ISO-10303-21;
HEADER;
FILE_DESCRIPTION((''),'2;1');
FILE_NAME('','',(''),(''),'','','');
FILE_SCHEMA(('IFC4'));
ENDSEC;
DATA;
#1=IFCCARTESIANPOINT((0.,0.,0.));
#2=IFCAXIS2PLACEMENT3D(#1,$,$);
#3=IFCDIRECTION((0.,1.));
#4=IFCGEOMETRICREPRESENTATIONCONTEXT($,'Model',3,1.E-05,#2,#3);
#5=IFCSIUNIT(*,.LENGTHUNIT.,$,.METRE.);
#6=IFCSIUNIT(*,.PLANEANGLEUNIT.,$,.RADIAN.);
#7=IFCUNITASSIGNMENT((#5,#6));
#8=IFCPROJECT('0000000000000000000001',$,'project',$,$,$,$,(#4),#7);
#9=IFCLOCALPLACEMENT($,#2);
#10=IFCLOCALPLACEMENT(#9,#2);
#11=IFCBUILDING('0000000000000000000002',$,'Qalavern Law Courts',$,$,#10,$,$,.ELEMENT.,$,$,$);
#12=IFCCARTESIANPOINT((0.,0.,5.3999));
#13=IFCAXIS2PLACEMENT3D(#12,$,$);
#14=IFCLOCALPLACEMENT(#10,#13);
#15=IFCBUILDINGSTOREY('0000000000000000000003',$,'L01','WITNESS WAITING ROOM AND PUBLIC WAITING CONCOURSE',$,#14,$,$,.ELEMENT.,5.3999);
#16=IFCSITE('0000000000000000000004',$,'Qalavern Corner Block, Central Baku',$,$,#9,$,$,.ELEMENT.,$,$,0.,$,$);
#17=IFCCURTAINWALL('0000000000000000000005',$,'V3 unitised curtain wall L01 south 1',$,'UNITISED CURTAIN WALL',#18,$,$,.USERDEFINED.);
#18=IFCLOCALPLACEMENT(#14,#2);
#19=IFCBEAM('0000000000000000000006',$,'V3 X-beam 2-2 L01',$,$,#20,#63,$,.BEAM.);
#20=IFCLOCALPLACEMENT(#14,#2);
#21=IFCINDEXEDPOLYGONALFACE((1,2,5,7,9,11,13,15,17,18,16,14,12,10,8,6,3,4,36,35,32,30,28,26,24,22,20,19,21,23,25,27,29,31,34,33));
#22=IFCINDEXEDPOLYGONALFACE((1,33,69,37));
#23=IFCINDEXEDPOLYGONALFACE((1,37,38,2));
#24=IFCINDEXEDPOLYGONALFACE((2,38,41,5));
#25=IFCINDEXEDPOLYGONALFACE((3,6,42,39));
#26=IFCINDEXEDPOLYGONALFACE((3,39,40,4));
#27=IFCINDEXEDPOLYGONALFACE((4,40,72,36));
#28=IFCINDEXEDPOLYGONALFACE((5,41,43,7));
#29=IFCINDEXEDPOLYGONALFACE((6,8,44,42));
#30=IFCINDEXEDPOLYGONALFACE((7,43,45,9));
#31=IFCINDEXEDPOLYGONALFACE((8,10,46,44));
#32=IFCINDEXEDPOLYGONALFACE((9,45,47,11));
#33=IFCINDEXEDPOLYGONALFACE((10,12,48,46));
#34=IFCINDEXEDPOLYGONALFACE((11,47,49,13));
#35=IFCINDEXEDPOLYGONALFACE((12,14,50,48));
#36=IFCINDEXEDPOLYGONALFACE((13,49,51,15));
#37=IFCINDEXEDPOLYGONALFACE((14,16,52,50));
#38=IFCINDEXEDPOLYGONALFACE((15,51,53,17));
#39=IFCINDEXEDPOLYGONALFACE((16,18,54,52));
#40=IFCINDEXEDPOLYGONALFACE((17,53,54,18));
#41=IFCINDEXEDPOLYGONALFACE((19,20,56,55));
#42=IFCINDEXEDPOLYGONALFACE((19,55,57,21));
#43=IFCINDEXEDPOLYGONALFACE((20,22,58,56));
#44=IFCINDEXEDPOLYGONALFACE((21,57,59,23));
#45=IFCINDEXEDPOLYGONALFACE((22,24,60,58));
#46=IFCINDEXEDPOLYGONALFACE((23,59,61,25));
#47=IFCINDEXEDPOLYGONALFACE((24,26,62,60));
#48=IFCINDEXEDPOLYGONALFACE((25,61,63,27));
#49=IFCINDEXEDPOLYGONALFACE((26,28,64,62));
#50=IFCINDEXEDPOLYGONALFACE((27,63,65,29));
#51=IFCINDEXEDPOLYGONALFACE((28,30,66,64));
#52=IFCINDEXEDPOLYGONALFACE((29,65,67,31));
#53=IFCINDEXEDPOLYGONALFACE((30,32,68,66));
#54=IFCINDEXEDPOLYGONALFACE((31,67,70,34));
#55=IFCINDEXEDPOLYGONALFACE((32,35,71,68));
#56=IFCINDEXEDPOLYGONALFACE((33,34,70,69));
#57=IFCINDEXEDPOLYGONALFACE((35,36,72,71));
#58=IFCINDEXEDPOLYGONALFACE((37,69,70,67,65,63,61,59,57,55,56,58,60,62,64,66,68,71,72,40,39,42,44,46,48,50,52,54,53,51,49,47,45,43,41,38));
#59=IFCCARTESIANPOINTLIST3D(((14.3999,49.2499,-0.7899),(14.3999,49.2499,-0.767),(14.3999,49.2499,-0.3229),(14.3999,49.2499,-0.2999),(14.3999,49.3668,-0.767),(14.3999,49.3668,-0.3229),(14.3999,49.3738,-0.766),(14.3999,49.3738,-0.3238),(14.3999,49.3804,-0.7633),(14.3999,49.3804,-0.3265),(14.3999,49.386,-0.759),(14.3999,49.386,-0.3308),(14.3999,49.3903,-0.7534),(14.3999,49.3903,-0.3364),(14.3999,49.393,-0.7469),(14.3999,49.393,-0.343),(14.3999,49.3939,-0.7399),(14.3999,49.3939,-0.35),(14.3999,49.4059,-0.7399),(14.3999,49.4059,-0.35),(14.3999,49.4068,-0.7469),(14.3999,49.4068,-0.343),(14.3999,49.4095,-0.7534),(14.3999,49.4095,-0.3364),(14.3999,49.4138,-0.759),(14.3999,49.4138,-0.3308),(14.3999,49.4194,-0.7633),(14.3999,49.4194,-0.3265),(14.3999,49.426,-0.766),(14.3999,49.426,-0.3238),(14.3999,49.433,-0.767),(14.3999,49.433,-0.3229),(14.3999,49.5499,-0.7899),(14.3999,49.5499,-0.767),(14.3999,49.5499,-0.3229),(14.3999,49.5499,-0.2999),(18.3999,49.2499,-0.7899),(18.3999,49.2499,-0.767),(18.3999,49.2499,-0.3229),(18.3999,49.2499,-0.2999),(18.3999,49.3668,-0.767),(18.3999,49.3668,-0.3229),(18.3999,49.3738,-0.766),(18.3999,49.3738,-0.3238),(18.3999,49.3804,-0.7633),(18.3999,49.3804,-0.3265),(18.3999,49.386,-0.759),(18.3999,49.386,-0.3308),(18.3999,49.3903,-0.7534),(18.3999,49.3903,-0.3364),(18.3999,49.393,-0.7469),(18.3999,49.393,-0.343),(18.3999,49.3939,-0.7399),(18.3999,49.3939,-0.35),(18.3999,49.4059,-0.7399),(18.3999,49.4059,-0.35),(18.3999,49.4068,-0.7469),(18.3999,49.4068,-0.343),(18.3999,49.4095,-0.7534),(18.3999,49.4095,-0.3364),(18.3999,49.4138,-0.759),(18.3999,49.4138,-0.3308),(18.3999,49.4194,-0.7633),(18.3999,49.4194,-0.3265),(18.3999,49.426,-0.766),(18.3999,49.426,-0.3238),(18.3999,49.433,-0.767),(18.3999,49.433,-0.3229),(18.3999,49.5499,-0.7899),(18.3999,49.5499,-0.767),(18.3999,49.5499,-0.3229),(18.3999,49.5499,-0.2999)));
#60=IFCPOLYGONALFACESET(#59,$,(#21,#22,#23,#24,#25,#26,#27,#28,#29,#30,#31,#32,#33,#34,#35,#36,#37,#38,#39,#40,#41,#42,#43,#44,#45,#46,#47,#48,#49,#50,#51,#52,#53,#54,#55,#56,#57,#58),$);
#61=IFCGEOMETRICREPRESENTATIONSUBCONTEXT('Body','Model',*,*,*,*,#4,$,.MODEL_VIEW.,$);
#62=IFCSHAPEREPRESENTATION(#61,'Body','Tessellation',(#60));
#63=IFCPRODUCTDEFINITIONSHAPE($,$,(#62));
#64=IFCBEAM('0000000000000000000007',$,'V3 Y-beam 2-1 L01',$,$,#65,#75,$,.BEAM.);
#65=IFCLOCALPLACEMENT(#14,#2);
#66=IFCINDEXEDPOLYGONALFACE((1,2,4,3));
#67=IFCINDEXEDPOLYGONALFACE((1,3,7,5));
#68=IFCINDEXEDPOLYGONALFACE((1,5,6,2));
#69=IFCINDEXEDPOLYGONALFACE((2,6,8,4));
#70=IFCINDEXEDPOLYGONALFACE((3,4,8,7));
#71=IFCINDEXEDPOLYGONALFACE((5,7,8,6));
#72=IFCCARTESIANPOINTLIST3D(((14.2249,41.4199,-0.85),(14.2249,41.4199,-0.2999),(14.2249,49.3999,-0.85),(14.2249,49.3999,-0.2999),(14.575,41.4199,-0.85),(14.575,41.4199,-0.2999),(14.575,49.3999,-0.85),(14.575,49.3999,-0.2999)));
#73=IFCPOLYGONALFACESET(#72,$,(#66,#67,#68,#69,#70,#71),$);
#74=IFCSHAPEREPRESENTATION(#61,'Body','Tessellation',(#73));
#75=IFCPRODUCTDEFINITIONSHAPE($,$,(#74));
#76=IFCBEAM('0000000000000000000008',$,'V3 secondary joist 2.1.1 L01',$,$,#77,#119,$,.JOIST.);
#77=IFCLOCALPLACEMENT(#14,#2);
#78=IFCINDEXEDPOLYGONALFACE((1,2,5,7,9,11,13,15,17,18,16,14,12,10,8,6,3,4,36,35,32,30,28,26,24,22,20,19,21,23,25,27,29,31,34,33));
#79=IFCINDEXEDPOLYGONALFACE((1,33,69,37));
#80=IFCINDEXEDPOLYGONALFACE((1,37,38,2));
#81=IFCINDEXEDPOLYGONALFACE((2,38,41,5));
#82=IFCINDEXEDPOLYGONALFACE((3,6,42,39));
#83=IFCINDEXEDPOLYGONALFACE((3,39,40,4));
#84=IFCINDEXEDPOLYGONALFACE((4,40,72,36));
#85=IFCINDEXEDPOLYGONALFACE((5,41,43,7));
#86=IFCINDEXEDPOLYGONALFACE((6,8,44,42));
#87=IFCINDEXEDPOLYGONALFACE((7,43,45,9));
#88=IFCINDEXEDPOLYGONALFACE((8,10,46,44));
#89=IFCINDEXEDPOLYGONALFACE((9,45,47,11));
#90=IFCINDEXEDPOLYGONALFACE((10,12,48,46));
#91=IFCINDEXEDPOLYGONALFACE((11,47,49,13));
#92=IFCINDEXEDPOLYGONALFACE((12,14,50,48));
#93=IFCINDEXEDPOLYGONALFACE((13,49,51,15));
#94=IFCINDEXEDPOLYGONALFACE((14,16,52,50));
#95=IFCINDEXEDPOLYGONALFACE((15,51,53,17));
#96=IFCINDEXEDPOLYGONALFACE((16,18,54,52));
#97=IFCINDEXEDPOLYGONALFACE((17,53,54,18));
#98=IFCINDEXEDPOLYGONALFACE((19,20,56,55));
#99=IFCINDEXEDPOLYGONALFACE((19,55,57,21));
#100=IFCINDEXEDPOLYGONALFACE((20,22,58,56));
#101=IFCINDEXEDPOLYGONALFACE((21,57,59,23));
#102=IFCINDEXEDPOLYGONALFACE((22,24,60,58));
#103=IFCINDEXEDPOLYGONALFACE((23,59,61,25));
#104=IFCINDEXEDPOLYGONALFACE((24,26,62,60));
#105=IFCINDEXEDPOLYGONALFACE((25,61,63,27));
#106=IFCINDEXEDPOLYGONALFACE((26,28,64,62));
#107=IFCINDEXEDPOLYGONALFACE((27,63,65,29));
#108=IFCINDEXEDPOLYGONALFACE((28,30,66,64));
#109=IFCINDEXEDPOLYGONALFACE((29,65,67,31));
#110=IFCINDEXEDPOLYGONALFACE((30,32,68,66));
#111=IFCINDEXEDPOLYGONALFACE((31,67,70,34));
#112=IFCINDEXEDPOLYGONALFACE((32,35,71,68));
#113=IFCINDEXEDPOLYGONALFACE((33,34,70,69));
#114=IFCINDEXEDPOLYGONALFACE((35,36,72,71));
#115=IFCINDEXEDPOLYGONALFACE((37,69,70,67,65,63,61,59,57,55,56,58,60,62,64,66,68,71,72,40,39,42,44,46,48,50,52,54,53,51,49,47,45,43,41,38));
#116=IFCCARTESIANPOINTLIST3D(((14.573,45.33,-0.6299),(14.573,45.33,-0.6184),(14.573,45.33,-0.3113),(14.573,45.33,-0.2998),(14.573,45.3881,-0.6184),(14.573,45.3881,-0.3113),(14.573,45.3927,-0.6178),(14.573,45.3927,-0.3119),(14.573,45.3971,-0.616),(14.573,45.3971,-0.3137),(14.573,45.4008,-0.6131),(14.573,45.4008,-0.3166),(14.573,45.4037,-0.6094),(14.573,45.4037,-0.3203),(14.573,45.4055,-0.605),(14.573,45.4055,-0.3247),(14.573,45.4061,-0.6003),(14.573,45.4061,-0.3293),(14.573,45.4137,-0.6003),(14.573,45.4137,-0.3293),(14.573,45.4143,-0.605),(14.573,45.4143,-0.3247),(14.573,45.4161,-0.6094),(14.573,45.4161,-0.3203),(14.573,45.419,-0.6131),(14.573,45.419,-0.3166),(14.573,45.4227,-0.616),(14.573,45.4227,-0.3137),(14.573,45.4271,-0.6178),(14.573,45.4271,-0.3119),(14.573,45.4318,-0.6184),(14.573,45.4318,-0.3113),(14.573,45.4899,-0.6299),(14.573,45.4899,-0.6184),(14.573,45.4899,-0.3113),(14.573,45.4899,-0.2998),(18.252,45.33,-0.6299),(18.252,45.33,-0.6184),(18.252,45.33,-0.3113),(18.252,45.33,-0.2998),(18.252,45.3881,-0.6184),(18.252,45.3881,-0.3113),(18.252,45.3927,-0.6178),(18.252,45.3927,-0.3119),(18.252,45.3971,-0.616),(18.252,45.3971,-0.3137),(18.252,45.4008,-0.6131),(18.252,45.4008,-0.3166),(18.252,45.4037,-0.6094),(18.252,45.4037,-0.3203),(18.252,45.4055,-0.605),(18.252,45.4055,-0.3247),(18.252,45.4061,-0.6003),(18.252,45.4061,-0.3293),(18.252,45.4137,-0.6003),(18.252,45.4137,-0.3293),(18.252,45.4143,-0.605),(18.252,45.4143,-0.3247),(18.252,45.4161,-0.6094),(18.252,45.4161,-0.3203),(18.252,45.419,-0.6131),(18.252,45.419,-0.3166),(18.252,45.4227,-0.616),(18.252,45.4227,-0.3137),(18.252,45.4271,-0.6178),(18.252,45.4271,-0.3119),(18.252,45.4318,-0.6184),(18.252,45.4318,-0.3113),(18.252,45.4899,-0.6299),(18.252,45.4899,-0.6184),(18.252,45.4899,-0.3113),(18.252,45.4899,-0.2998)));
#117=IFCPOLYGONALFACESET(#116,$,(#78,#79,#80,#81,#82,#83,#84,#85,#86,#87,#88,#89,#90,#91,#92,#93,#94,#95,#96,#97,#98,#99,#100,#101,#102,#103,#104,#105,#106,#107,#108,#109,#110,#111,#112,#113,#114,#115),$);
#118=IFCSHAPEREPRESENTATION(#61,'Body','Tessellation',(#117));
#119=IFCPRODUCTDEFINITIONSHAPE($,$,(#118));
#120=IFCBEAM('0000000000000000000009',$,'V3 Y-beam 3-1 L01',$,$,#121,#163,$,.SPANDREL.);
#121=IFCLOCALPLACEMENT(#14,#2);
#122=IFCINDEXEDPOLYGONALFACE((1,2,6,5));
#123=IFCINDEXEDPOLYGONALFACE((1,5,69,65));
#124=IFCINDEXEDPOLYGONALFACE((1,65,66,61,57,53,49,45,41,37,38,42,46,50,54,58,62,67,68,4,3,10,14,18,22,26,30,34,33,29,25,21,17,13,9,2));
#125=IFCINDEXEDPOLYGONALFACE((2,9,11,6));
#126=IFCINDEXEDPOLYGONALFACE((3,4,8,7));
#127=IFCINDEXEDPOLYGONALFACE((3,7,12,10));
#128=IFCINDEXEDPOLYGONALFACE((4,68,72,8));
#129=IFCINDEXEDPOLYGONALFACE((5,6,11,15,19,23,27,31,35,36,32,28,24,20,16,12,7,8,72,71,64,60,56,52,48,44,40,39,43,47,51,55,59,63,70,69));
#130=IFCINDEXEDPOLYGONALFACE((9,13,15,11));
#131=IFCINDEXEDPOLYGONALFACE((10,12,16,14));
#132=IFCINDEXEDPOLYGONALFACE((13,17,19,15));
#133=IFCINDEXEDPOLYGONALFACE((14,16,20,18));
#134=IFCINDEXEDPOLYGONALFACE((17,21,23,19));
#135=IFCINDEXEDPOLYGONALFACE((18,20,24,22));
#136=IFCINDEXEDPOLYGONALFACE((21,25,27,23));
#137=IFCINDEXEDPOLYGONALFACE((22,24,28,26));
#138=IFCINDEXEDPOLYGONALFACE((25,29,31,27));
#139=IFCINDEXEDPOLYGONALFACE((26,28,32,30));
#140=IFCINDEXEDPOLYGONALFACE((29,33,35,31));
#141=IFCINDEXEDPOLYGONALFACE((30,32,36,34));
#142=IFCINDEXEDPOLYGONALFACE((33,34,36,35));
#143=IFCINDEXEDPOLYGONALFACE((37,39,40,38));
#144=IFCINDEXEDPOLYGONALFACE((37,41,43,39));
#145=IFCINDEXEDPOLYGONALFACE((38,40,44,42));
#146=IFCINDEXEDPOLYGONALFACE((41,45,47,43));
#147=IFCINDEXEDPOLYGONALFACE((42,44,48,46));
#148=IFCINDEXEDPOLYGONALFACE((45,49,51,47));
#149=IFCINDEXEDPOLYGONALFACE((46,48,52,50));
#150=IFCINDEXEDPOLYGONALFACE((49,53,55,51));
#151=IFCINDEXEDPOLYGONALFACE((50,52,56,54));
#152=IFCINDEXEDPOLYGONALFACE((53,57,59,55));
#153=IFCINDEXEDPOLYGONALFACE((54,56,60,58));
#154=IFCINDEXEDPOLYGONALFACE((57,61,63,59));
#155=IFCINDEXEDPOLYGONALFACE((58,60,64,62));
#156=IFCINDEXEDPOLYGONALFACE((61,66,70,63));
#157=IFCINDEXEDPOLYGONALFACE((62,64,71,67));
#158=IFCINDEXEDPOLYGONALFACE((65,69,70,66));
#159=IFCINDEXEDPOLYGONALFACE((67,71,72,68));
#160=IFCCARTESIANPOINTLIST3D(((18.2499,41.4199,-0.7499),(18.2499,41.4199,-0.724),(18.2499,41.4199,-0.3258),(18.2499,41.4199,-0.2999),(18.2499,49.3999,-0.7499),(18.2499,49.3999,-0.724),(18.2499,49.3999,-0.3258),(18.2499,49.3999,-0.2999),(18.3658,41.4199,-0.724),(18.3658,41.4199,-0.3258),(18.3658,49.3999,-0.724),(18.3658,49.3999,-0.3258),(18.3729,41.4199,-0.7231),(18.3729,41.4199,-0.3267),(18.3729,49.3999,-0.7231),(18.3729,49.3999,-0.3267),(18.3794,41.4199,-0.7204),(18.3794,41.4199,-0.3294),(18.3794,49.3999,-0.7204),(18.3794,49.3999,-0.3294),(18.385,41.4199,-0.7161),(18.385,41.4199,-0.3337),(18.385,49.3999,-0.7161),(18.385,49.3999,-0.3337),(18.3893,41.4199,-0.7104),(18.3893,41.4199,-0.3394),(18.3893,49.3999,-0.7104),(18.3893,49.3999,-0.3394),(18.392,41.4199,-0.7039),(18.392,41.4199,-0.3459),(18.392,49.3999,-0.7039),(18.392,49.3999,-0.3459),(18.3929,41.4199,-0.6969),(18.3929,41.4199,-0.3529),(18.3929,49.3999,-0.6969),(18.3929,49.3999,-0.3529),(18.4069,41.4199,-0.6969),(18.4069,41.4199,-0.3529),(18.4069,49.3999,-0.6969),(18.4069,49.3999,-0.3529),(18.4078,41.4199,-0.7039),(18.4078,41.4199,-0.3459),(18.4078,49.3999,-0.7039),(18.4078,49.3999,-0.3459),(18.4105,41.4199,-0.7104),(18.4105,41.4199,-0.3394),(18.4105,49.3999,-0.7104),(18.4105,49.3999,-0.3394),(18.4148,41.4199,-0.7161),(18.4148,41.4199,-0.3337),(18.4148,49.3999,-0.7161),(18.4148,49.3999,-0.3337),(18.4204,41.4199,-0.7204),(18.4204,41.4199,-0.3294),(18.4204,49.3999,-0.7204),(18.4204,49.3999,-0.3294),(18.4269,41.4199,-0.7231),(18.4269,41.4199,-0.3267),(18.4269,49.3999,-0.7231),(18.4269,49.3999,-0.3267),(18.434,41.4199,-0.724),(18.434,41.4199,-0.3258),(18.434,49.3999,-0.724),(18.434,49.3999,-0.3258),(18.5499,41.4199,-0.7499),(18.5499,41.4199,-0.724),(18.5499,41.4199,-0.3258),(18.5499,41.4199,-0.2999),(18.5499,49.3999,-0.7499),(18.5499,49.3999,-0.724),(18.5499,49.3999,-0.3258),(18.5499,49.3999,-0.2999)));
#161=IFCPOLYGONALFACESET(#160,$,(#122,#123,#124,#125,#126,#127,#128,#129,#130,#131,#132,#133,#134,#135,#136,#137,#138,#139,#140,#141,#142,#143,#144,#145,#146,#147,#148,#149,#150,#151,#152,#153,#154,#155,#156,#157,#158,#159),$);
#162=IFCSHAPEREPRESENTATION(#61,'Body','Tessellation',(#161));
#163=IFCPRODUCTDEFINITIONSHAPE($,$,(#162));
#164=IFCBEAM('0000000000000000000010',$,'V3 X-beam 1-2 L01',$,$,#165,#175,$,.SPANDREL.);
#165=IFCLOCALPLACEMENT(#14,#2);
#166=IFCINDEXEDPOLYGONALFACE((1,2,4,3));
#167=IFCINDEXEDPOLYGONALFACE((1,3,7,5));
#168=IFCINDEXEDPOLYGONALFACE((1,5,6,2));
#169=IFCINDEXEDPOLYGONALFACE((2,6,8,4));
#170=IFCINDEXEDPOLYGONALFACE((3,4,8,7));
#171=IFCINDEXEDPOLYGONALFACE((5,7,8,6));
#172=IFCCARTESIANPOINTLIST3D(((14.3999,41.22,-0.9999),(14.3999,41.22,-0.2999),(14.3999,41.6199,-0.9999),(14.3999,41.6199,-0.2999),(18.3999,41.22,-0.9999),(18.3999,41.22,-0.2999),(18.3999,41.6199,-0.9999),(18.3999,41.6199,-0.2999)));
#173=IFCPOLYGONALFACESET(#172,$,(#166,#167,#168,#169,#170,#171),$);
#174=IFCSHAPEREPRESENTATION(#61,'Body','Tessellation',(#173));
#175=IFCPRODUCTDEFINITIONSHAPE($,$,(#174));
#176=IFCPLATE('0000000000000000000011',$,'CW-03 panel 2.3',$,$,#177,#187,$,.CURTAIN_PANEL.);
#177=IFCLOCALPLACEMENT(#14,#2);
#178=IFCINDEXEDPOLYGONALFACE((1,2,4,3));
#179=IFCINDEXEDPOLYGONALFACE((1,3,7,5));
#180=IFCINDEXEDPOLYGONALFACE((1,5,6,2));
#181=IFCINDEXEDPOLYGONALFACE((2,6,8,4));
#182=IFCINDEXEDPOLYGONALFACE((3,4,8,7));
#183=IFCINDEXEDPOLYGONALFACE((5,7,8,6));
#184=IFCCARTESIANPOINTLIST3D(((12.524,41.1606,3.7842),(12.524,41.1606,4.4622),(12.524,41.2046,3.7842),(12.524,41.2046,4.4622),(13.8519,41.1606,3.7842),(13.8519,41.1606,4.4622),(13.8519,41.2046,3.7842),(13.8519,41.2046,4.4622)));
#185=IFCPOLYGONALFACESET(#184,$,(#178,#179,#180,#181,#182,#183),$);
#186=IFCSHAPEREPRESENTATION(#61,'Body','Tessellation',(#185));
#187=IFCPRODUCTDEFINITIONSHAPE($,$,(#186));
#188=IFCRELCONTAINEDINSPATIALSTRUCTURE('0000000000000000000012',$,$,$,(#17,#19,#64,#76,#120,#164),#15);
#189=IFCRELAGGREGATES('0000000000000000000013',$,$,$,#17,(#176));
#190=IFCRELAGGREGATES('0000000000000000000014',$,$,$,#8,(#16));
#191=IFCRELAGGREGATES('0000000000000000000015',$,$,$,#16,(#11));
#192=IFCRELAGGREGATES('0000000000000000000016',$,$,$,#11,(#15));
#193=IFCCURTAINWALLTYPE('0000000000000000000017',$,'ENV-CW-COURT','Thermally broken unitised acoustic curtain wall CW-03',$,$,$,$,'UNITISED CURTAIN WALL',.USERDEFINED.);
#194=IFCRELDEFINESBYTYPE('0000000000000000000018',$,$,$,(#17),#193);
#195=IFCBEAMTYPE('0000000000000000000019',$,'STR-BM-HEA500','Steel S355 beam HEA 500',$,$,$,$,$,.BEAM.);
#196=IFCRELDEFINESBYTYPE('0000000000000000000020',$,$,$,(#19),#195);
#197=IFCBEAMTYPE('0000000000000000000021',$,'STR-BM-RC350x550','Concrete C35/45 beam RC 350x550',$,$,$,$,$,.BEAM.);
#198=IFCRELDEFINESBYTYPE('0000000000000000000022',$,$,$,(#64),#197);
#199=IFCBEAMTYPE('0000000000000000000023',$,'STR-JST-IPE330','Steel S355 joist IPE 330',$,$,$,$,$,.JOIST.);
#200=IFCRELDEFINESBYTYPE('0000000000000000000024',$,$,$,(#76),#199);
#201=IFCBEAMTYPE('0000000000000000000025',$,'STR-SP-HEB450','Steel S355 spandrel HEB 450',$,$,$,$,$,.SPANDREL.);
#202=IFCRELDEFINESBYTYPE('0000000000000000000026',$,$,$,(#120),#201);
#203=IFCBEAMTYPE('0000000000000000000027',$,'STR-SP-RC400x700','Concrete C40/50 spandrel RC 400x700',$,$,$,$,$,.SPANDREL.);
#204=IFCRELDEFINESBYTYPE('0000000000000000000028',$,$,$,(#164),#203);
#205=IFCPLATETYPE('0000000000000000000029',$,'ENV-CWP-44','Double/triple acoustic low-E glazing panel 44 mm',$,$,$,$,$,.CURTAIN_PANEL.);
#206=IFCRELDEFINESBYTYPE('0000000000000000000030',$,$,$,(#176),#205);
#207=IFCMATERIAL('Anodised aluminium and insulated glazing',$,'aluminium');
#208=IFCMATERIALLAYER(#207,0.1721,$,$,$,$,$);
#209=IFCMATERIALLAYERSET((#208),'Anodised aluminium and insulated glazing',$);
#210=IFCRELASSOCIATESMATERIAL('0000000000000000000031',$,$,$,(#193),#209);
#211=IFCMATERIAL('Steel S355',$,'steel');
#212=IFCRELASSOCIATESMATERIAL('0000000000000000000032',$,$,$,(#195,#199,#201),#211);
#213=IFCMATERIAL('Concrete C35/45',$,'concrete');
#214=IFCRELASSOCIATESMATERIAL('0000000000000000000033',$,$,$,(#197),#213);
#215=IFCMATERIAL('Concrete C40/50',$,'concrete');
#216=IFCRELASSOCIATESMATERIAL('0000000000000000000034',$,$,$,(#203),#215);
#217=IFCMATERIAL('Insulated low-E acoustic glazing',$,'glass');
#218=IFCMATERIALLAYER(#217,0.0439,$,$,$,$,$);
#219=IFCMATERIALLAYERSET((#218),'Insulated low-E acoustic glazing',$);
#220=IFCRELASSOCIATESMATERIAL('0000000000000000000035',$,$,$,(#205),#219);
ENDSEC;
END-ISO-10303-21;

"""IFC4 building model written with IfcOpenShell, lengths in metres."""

from ifc_helpers import new_model, si_unit, direction, frame, origin, origin_2d, place, context, subcontext, project, spatial, rectangle, i_section, extrude, material, layer, layer_set, material_profile, profile_set, type_object, element, aggregate, save


model = new_model("IFC4")

# Units and contexts
model_context = context("Model", 3, precision=1e-05, world=origin(), true_north=direction((0.0, 1.0)))
body_context = subcontext(model_context, "Body", "Model", "MODEL_VIEW")
ifc_project = project(units=[si_unit("LENGTHUNIT", "METRE"), si_unit("PLANEANGLEUNIT", "RADIAN")], contexts=[model_context])

# Site, building, storey
site_placement = place(None, origin())
site = spatial("IfcSite", under=ifc_project, at=site_placement, Name="Qalavern Corner Block, Central Baku", CompositionType="ELEMENT", RefElevation=0.0)
building_placement = place(site_placement, origin())
building = spatial("IfcBuilding", under=site, at=building_placement, Name="Qalavern Law Courts", CompositionType="ELEMENT")
storey_placement = place(building_placement, frame((0.0, 0.0, 5.3999)))
storey = spatial("IfcBuildingStorey", under=building, at=storey_placement, Name="L01", Description="WITNESS WAITING ROOM AND PUBLIC WAITING CONCOURSE", CompositionType="ELEMENT", Elevation=5.3999)

# Curtain wall
ifc_material_1 = material(Name="Anodised aluminium and insulated glazing", Category="aluminium")
ifc_layer_1 = layer(ifc_material_1, 0.1721)
ifc_layer_set_1 = layer_set([ifc_layer_1], Name="Anodised aluminium and insulated glazing")
curtain_wall_type_1 = type_object("IfcCurtainWallType", Name="ENV-CW-COURT", Description="Thermally broken unitised acoustic curtain wall CW-03", ElementType="UNITISED CURTAIN WALL", PredefinedType="USERDEFINED", material=ifc_layer_set_1)
curtain_wall_1_placement = place(storey_placement, origin())
curtain_wall_1 = element("IfcCurtainWall", 1, at=curtain_wall_1_placement, inside=storey, type_object=curtain_wall_type_1, Name="V3 unitised curtain wall L01 south 1", ObjectType="UNITISED CURTAIN WALL", PredefinedType="USERDEFINED")

# Beams
ifc_material_2 = material(Name="Steel S355", Category="steel")
ifc_material_profile_1 = material_profile(ifc_material_2, i_section(OverallWidth=0.3, OverallDepth=0.49, WebThickness=0.012, FlangeThickness=0.0229, FilletRadius=0.0271, at=origin_2d()), Name="HEA 500")
ifc_profile_set_1 = profile_set([ifc_material_profile_1], Name="Steel S355")
beam_type_1 = type_object("IfcBeamType", Name="STR-BM-HEA500", Description="Steel S355 beam HEA 500", PredefinedType="BEAM", material=ifc_profile_set_1)
beam_1_placement = place(storey_placement, frame((14.3999, 49.3999, -0.5449), z_axis=(1.0, 0.0, 0.0), x_axis=(0.0, 1.0, 0.0)))
element("IfcBeam", 2, at=beam_1_placement, inside=storey, type_object=beam_type_1, Name="V3 X-beam 2-2 L01", PredefinedType="BEAM", context=body_context, shape_type="SweptSolid", body=[
    extrude(i_section(OverallWidth=0.3, OverallDepth=0.49, WebThickness=0.012, FlangeThickness=0.0229, FilletRadius=0.0271, at=origin_2d()), origin(), (0.0, 0.0, 1.0), 4.0),
])
ifc_material_3 = material(Name="Concrete C35/45", Category="concrete")
ifc_material_profile_2 = material_profile(ifc_material_3, rectangle(XDim=0.3501, YDim=0.55, at=origin_2d()), Name="RC 350x550")
ifc_profile_set_2 = profile_set([ifc_material_profile_2], Name="Concrete C35/45")
beam_type_2 = type_object("IfcBeamType", Name="STR-BM-RC350x550", Description="Concrete C35/45 beam RC 350x550", PredefinedType="BEAM", material=ifc_profile_set_2)
beam_2_placement = place(storey_placement, frame((14.3999, 41.4199, -0.575), z_axis=(0.0, 1.0, 0.0), x_axis=(-1.0, 0.0, 0.0)))
element("IfcBeam", 3, at=beam_2_placement, inside=storey, type_object=beam_type_2, Name="V3 Y-beam 2-1 L01", PredefinedType="BEAM", context=body_context, shape_type="SweptSolid", body=[
    extrude(rectangle(XDim=0.3501, YDim=0.55, at=origin_2d()), origin(), (0.0, 0.0, 1.0), 7.98),
])
ifc_material_profile_3 = material_profile(ifc_material_2, i_section(OverallWidth=0.1599, OverallDepth=0.3301, WebThickness=0.0076, FlangeThickness=0.0115, FilletRadius=0.0181, at=origin_2d()), Name="IPE 330")
ifc_profile_set_3 = profile_set([ifc_material_profile_3], Name="Steel S355")
beam_type_3 = type_object("IfcBeamType", Name="STR-JST-IPE330", Description="Steel S355 joist IPE 330", PredefinedType="JOIST", material=ifc_profile_set_3)
beam_3_placement = place(storey_placement, frame((14.573, 45.4099, -0.4648), z_axis=(1.0, 0.0, 0.0), x_axis=(0.0, 1.0, 0.0)))
element("IfcBeam", 4, at=beam_3_placement, inside=storey, type_object=beam_type_3, Name="V3 secondary joist 2.1.1 L01", PredefinedType="JOIST", context=body_context, shape_type="SweptSolid", body=[
    extrude(i_section(OverallWidth=0.1599, OverallDepth=0.3301, WebThickness=0.0076, FlangeThickness=0.0115, FilletRadius=0.0181, at=origin_2d()), origin(), (0.0, 0.0, 1.0), 3.679),
])
ifc_material_profile_4 = material_profile(ifc_material_2, i_section(OverallWidth=0.3, OverallDepth=0.45, WebThickness=0.0139, FlangeThickness=0.0259, FilletRadius=0.0271, at=origin_2d()), Name="HEB 450")
ifc_profile_set_4 = profile_set([ifc_material_profile_4], Name="Steel S355")
beam_type_4 = type_object("IfcBeamType", Name="STR-SP-HEB450", Description="Steel S355 spandrel HEB 450", PredefinedType="SPANDREL", material=ifc_profile_set_4)
beam_4_placement = place(storey_placement, frame((18.3999, 41.4199, -0.5249), z_axis=(0.0, 1.0, 0.0), x_axis=(-1.0, 0.0, 0.0)))
element("IfcBeam", 5, at=beam_4_placement, inside=storey, type_object=beam_type_4, Name="V3 Y-beam 3-1 L01", PredefinedType="SPANDREL", context=body_context, shape_type="SweptSolid", body=[
    extrude(i_section(OverallWidth=0.3, OverallDepth=0.45, WebThickness=0.0139, FlangeThickness=0.0259, FilletRadius=0.0271, at=origin_2d()), origin(), (0.0, 0.0, 1.0), 7.98),
])
ifc_material_4 = material(Name="Concrete C40/50", Category="concrete")
ifc_material_profile_5 = material_profile(ifc_material_4, rectangle(XDim=0.3999, YDim=0.7, at=origin_2d()), Name="RC 400x700")
ifc_profile_set_5 = profile_set([ifc_material_profile_5], Name="Concrete C40/50")
beam_type_5 = type_object("IfcBeamType", Name="STR-SP-RC400x700", Description="Concrete C40/50 spandrel RC 400x700", PredefinedType="SPANDREL", material=ifc_profile_set_5)
beam_5_placement = place(storey_placement, frame((14.3999, 41.4199, -0.6499), z_axis=(1.0, 0.0, 0.0), x_axis=(0.0, 1.0, 0.0)))
element("IfcBeam", 6, at=beam_5_placement, inside=storey, type_object=beam_type_5, Name="V3 X-beam 1-2 L01", PredefinedType="SPANDREL", context=body_context, shape_type="SweptSolid", body=[
    extrude(rectangle(XDim=0.3999, YDim=0.7, at=origin_2d()), origin(), (0.0, 0.0, 1.0), 4.0),
])

# Plate
ifc_material_5 = material(Name="Insulated low-E acoustic glazing", Category="glass")
ifc_layer_2 = layer(ifc_material_5, 0.0439)
ifc_layer_set_2 = layer_set([ifc_layer_2], Name="Insulated low-E acoustic glazing")
plate_type = type_object("IfcPlateType", Name="ENV-CWP-44", Description="Double/triple acoustic low-E glazing panel 44 mm", PredefinedType="CURTAIN_PANEL", material=ifc_layer_set_2)
plate_placement = place(storey_placement, frame((13.188, 41.1826, 3.7842), z_axis=(0.0, 0.0, 1.0), x_axis=(1.0, 0.0, 0.0)))
plate = element("IfcPlate", 7, at=plate_placement, type_object=plate_type, Name="CW-03 panel 2.3", PredefinedType="CURTAIN_PANEL", context=body_context, shape_type="SweptSolid", body=[
    extrude(rectangle(XDim=1.3279, YDim=0.0439, at=origin_2d()), origin(), (0.0, 0.0, 1.0), 0.678),
])
aggregate(curtain_wall_1, [plate])

save(model, "model.ifc")
